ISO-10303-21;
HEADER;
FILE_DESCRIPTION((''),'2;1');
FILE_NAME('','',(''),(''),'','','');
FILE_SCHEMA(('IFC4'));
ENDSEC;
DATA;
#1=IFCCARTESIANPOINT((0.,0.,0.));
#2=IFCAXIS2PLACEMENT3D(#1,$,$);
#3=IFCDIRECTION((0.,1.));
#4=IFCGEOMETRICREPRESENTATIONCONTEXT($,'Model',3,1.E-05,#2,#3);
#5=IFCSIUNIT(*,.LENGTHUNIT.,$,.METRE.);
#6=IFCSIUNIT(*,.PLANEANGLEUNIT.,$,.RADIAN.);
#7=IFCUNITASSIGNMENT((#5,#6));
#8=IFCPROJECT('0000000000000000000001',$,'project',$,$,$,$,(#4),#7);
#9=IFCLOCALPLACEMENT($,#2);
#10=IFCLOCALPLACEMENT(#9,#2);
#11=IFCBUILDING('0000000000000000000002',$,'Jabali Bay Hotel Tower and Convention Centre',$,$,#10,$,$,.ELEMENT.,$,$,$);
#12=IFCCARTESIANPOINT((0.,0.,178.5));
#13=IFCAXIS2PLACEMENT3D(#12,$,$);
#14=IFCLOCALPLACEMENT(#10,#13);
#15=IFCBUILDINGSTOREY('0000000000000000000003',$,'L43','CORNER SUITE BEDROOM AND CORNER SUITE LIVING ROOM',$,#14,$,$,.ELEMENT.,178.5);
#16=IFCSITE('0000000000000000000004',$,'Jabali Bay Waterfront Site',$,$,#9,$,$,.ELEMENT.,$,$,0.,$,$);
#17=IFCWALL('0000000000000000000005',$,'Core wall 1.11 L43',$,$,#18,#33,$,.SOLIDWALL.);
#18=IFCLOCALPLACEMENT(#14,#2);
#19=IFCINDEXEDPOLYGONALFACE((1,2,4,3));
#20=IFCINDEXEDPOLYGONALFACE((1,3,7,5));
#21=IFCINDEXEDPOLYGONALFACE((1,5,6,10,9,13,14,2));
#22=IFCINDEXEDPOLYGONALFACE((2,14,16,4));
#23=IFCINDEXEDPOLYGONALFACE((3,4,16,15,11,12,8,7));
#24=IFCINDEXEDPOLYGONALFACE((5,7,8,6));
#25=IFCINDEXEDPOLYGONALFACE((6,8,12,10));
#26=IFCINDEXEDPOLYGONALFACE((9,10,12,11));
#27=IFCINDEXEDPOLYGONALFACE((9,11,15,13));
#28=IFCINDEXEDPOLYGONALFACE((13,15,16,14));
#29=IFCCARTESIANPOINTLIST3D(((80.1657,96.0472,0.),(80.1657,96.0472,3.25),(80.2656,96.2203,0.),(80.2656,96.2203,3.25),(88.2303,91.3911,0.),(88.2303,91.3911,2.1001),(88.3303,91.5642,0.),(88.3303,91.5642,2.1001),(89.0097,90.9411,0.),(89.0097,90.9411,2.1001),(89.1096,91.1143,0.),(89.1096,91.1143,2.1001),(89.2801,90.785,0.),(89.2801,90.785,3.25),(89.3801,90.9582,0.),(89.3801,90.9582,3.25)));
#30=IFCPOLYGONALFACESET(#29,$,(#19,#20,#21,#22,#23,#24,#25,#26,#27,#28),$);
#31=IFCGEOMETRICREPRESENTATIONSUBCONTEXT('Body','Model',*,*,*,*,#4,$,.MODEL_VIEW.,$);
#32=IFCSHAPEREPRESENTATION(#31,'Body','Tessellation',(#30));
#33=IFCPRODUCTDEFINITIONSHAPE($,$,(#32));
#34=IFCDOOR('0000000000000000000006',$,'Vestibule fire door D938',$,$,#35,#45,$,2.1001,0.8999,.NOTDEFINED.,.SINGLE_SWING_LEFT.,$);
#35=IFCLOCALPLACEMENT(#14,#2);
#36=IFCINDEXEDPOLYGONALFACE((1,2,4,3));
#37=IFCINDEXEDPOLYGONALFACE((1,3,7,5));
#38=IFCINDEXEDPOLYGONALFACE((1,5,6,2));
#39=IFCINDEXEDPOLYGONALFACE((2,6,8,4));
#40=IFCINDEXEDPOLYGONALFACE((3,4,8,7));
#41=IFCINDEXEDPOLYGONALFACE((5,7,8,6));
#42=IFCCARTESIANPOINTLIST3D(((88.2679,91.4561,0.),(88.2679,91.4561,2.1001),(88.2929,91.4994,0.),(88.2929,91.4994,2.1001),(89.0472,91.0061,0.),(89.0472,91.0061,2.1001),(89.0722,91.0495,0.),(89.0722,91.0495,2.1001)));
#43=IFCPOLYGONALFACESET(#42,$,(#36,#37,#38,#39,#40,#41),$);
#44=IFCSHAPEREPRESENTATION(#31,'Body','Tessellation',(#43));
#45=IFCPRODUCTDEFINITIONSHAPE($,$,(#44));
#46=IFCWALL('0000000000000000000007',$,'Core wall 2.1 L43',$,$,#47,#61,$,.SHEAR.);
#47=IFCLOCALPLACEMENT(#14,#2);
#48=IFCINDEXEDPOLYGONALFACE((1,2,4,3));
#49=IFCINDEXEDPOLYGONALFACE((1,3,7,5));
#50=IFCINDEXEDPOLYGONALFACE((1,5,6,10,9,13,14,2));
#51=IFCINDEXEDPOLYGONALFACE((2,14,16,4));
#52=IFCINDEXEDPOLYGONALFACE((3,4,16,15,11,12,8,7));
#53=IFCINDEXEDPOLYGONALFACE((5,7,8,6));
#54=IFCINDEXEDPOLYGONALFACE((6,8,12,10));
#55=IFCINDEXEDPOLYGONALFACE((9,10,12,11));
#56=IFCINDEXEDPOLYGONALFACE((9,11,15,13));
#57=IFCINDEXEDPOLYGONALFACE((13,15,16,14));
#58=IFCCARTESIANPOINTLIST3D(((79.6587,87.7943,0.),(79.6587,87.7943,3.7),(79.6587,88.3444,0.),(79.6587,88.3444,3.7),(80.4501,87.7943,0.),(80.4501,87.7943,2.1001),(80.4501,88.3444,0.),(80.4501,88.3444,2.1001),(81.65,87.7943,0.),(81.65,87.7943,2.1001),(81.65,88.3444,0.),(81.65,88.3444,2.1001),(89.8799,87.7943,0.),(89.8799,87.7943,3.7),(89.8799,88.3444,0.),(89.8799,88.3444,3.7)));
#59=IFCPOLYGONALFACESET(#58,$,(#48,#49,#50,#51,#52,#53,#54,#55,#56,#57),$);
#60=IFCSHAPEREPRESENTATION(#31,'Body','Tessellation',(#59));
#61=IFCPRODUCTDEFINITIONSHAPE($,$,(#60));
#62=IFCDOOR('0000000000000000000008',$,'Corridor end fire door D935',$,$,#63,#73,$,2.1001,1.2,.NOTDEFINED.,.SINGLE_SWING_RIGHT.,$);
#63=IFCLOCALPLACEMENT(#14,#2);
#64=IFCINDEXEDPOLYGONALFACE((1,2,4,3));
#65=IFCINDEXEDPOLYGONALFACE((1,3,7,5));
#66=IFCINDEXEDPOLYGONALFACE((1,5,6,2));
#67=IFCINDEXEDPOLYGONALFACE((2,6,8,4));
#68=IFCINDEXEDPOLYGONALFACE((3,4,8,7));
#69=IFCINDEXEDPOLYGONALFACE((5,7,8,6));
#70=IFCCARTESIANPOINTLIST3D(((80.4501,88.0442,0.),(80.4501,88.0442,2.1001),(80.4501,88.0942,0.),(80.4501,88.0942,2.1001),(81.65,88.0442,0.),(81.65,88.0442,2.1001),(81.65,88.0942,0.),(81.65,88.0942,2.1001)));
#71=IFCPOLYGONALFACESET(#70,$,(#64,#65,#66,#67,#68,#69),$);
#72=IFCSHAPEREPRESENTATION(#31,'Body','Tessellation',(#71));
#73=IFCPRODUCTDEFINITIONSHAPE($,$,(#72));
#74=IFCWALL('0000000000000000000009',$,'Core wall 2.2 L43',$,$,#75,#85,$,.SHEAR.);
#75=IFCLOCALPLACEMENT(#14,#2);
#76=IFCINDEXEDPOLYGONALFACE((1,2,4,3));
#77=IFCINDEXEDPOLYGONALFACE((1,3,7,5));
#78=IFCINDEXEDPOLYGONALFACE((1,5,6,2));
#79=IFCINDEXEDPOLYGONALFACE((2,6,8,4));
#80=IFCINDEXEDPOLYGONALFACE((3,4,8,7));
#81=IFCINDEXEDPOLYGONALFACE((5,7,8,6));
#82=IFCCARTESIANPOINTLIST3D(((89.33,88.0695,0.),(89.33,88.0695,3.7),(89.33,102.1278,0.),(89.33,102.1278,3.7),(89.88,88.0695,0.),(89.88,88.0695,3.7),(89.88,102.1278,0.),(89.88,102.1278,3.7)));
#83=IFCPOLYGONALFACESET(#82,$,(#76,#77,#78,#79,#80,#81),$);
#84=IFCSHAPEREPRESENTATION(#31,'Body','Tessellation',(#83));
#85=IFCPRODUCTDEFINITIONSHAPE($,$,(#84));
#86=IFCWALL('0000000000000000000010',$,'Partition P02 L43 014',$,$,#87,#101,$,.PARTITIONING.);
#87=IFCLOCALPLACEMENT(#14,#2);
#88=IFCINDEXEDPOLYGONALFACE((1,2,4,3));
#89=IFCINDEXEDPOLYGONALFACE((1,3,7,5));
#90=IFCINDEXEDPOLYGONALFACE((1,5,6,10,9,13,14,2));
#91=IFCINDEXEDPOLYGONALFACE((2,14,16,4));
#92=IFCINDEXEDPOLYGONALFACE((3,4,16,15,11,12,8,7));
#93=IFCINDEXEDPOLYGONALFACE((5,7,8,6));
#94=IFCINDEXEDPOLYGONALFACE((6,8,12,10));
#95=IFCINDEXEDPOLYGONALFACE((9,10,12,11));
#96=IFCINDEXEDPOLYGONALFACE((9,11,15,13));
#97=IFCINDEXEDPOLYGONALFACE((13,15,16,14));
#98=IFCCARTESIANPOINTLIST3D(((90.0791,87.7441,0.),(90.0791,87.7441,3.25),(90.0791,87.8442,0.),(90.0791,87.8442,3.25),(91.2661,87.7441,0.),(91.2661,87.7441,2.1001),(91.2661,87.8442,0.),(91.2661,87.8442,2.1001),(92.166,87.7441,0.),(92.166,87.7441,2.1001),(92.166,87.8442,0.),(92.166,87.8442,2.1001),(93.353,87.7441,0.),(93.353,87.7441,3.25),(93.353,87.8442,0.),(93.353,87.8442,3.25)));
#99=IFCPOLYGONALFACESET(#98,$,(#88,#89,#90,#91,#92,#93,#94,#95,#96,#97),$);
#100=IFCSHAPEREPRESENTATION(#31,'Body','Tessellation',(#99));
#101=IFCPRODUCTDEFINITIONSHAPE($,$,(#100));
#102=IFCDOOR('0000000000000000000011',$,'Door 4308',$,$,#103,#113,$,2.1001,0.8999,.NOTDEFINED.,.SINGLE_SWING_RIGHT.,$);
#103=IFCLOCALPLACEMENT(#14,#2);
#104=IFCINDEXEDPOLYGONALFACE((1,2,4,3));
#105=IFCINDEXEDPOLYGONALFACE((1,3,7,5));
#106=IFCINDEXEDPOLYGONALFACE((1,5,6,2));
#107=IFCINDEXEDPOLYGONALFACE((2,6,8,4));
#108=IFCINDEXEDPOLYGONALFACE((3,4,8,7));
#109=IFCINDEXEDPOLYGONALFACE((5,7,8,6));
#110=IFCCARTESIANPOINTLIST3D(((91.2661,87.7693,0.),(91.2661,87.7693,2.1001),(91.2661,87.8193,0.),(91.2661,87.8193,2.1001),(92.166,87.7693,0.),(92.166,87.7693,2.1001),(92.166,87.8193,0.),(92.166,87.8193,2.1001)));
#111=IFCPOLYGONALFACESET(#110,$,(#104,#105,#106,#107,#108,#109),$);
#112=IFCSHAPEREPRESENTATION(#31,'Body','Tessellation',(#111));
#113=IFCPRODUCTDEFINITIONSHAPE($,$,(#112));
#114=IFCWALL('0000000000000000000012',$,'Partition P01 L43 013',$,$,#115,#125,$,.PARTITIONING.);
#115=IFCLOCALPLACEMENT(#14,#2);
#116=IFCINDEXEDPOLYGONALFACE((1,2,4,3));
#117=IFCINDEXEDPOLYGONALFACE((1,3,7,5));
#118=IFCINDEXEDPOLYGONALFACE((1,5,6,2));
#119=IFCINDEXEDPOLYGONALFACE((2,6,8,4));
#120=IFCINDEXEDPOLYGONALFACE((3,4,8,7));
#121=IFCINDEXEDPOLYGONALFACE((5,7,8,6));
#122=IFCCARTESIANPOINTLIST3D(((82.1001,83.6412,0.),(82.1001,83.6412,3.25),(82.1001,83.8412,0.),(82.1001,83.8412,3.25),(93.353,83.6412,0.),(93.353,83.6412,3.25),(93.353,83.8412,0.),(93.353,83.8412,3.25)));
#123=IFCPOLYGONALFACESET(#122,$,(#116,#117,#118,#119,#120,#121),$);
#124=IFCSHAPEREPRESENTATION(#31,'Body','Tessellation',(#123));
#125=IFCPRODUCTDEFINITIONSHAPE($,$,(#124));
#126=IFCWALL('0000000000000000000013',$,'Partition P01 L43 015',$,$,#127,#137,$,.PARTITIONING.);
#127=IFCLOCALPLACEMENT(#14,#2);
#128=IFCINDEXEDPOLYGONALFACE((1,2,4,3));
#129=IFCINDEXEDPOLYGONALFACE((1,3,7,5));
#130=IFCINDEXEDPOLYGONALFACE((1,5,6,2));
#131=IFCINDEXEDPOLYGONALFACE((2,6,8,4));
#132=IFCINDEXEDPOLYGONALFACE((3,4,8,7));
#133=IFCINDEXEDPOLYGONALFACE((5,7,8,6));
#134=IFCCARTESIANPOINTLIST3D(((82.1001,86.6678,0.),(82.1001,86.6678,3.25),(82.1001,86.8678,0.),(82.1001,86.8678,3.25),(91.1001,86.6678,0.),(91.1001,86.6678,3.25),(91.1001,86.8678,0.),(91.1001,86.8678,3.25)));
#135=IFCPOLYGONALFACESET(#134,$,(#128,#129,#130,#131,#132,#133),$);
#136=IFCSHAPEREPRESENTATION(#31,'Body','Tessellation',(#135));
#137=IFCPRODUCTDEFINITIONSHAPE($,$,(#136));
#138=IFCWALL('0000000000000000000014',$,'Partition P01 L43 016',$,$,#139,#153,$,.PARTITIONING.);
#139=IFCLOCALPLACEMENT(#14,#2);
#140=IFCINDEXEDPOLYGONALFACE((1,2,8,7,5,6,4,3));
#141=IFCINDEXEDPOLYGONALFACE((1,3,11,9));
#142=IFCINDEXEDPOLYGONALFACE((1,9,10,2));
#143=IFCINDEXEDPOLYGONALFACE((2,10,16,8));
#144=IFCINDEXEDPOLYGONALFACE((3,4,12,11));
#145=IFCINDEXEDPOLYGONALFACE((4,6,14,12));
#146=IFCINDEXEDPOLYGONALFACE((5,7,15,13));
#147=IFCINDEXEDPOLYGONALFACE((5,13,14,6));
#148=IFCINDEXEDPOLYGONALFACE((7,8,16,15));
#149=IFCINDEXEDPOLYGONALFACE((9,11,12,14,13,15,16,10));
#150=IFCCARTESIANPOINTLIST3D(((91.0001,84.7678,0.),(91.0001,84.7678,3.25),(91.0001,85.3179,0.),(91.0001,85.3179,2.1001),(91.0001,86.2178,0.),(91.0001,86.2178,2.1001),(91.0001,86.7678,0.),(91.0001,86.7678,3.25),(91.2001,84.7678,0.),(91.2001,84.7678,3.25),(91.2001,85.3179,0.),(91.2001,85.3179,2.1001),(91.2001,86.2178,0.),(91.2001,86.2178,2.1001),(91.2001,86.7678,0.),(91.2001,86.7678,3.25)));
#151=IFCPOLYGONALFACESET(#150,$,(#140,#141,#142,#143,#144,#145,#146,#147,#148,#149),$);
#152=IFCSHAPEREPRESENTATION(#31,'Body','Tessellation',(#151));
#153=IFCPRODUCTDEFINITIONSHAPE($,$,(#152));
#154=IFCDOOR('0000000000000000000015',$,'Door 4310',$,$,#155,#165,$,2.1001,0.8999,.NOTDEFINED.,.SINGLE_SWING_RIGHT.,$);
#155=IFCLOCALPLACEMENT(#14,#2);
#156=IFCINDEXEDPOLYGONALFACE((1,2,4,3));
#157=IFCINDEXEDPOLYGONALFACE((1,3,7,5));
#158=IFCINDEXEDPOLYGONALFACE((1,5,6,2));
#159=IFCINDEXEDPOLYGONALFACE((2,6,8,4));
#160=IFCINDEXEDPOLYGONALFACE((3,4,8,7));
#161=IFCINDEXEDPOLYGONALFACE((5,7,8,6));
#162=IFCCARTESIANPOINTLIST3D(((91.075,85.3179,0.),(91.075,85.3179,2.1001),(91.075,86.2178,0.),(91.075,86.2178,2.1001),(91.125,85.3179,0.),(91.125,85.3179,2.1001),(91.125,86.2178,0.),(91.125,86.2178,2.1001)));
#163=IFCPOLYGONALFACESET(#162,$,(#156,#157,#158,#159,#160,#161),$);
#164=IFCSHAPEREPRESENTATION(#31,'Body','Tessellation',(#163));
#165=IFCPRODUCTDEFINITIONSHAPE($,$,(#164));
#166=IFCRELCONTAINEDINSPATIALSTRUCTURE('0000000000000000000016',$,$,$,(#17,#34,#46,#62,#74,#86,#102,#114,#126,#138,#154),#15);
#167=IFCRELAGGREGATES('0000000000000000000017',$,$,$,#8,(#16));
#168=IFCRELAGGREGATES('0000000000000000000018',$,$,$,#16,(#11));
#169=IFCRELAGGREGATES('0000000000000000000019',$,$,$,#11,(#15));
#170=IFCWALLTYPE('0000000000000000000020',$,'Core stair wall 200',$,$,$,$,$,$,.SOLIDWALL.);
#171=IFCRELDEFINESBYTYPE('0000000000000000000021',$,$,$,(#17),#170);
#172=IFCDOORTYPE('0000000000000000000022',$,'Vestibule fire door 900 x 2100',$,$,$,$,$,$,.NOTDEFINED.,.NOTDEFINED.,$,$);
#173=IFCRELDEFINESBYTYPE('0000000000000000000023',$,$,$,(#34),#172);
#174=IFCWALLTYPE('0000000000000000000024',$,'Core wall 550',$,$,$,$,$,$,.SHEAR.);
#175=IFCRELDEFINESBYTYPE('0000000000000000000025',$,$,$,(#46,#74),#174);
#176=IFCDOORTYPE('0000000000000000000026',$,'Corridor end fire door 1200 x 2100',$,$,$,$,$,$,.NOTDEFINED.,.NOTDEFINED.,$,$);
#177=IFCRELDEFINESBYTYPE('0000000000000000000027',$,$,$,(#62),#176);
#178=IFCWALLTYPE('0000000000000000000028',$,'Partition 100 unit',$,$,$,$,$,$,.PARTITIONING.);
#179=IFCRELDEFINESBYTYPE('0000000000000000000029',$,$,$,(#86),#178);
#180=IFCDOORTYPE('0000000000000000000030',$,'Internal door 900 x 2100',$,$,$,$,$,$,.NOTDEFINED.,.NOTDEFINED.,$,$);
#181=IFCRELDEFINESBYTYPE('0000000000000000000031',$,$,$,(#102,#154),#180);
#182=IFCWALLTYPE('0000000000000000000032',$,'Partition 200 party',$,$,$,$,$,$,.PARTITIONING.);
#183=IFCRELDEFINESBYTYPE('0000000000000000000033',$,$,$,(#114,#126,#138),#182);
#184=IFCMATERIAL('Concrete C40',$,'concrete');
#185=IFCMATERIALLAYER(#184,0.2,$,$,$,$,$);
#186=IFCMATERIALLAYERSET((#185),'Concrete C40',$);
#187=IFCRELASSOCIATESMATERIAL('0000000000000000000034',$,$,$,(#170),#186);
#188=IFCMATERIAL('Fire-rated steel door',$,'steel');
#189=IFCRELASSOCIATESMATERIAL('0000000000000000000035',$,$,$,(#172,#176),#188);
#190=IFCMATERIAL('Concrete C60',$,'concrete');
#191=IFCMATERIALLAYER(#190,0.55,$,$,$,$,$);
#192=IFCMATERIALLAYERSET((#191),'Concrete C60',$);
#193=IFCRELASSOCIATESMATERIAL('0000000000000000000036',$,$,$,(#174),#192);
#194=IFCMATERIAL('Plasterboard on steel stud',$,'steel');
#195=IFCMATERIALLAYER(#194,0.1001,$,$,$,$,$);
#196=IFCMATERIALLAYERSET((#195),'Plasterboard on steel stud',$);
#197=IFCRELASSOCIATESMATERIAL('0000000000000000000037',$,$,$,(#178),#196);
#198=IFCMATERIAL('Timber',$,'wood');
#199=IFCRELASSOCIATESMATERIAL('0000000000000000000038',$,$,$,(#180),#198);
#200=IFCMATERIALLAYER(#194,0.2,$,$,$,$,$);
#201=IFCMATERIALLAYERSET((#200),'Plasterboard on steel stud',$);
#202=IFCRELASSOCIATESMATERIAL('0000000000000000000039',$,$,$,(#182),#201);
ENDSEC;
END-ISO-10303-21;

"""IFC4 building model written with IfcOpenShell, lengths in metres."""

from ifc_helpers import new_model, si_unit, direction, frame, frame_2d, origin, place, context, subcontext, project, spatial, rectangle, extrude, material, layer, layer_set, type_object, element, fill, save


model = new_model("IFC4")

# Units and contexts
model_context = context("Model", 3, precision=1e-05, world=origin(), true_north=direction((0.0, 1.0)))
body_context = subcontext(model_context, "Body", "Model", "MODEL_VIEW")
ifc_project = project(units=[si_unit("LENGTHUNIT", "METRE"), si_unit("PLANEANGLEUNIT", "RADIAN")], contexts=[model_context])

# Site, building, storey
site_placement = place(None, origin())
site = spatial("IfcSite", under=ifc_project, at=site_placement, Name="Jabali Bay Waterfront Site", CompositionType="ELEMENT", RefElevation=0.0)
building_placement = place(site_placement, origin())
building = spatial("IfcBuilding", under=site, at=building_placement, Name="Jabali Bay Hotel Tower and Convention Centre", CompositionType="ELEMENT")
storey_placement = place(building_placement, frame((0.0, 0.0, 178.5)))
storey = spatial("IfcBuildingStorey", under=building, at=storey_placement, Name="L43", Description="CORNER SUITE BEDROOM AND CORNER SUITE LIVING ROOM", CompositionType="ELEMENT", Elevation=178.5)

# Shared definitions
ifc_material_1 = material(Name="Concrete C60", Category="concrete")

# Shared definitions
ifc_material_2 = material(Name="Concrete C40", Category="concrete")
ifc_layer_1 = layer(ifc_material_2, 0.2)
ifc_layer_set_1 = layer_set([ifc_layer_1], Name="Concrete C40")
wall_type_1 = type_object("IfcWallType", Name="Core stair wall 200", PredefinedType="SOLIDWALL", material=ifc_layer_set_1)

# Walls, openings, doors
wall_1_placement = place(storey_placement, frame((89.3301, 90.8716, 0.0), z_axis=(0.0, 0.0, 1.0), x_axis=(-0.866028, 0.499996, 0.0)))
wall_1 = element("IfcWall", 1, at=wall_1_placement, inside=storey, type_object=wall_type_1, Name="Core wall 1.11 L43", PredefinedType="SOLIDWALL", context=body_context, shape_type="SweptSolid", body=[
    extrude(rectangle(XDim=10.5244, YDim=0.2, at=frame_2d((5.2622, 0.0))), origin(), (0.0, 0.0, 1.0), 3.25),
])
opening_1_placement = place(wall_1_placement, frame((0.3123, 0.0, 0.0)))
opening_1 = element("IfcOpeningElement", 2, at=opening_1_placement, cuts=wall_1, PredefinedType="OPENING", context=body_context, shape_type="SweptSolid", body=[
    extrude(rectangle(XDim=0.8999, YDim=2.1001, at=frame_2d((0.45, 1.05))), frame((0.0, 0.1104, 0.0), z_axis=(0.0, -1.0, 0.0), x_axis=(1.0, 0.0, 0.0)), (0.0, 0.0, 1.0), 0.2209),
])
ifc_material_3 = material(Name="Fire-rated steel door", Category="steel")
door_type_1 = type_object("IfcDoorType", Name="Vestibule fire door 900 x 2100", OperationType="NOTDEFINED", PredefinedType="NOTDEFINED", material=ifc_material_3)
door_1_placement = place(opening_1_placement, origin())
door_1 = element("IfcDoor", 3, at=door_1_placement, inside=storey, type_object=door_type_1, Name="Vestibule fire door D938", OperationType="SINGLE_SWING_LEFT", OverallHeight=2.1001, OverallWidth=0.8999, PredefinedType="NOTDEFINED", context=body_context, shape_type="SweptSolid", body=[
    extrude(rectangle(XDim=0.8999, YDim=2.1001, at=frame_2d((0.45, 1.05))), frame((0.0, 0.0249, 0.0), z_axis=(0.0, -1.0, 0.0), x_axis=(1.0, 0.0, 0.0)), (0.0, 0.0, 1.0), 0.05),
])
fill(opening_1, door_1)
ifc_layer_2 = layer(ifc_material_1, 0.55)
ifc_layer_set_2 = layer_set([ifc_layer_2], Name="Concrete C60")
wall_type_2 = type_object("IfcWallType", Name="Core wall 550", PredefinedType="SHEAR", material=ifc_layer_set_2)
wall_2_placement = place(storey_placement, frame((79.6587, 88.0693, 0.0), z_axis=(0.0, 0.0, 1.0), x_axis=(1.0, 0.0, 0.0)))
wall_2 = element("IfcWall", 4, at=wall_2_placement, inside=storey, type_object=wall_type_2, Name="Core wall 2.1 L43", PredefinedType="SHEAR", context=body_context, shape_type="SweptSolid", body=[
    extrude(rectangle(XDim=10.2212, YDim=0.55, at=frame_2d((5.1106, 0.0))), origin(), (0.0, 0.0, 1.0), 3.7),
])
opening_2_placement = place(wall_2_placement, frame((0.7913, 0.0, 0.0)))
opening_2 = element("IfcOpeningElement", 5, at=opening_2_placement, cuts=wall_2, PredefinedType="OPENING", context=body_context, shape_type="SweptSolid", body=[
    extrude(rectangle(XDim=1.2, YDim=2.1001, at=frame_2d((0.6001, 1.05))), frame((0.0, 0.2856, 0.0), z_axis=(0.0, -1.0, 0.0), x_axis=(1.0, 0.0, 0.0)), (0.0, 0.0, 1.0), 0.571),
])
door_type_2 = type_object("IfcDoorType", Name="Corridor end fire door 1200 x 2100", OperationType="NOTDEFINED", PredefinedType="NOTDEFINED", material=ifc_material_3)
door_2_placement = place(opening_2_placement, origin())
door_2 = element("IfcDoor", 6, at=door_2_placement, inside=storey, type_object=door_type_2, Name="Corridor end fire door D935", OperationType="SINGLE_SWING_RIGHT", OverallHeight=2.1001, OverallWidth=1.2, PredefinedType="NOTDEFINED", context=body_context, shape_type="SweptSolid", body=[
    extrude(rectangle(XDim=1.2, YDim=2.1001, at=frame_2d((0.6001, 1.05))), frame((0.0, 0.0249, 0.0), z_axis=(0.0, -1.0, 0.0), x_axis=(1.0, 0.0, 0.0)), (0.0, 0.0, 1.0), 0.05),
])
fill(opening_2, door_2)

# Wall
wall_3_placement = place(storey_placement, frame((89.605, 88.0693, 0.0), z_axis=(0.0, 0.0, 1.0), x_axis=(0.0, 1.0, 0.0)))
element("IfcWall", 7, at=wall_3_placement, inside=storey, type_object=wall_type_2, Name="Core wall 2.2 L43", PredefinedType="SHEAR", context=body_context, shape_type="SweptSolid", body=[
    extrude(rectangle(XDim=14.0583, YDim=0.55, at=frame_2d((7.0293, 0.0))), origin(), (0.0, 0.0, 1.0), 3.7),
])

# Wall, opening, door
ifc_material_4 = material(Name="Plasterboard on steel stud", Category="steel")
ifc_layer_3 = layer(ifc_material_4, 0.1001)
ifc_layer_set_3 = layer_set([ifc_layer_3], Name="Plasterboard on steel stud")
wall_type_3 = type_object("IfcWallType", Name="Partition 100 unit", PredefinedType="PARTITIONING", material=ifc_layer_set_3)
wall_4_placement = place(storey_placement, frame((93.353, 87.7942, 0.0), z_axis=(0.0, 0.0, 1.0), x_axis=(-1.0, 0.0, 0.0)))
wall_4 = element("IfcWall", 8, at=wall_4_placement, inside=storey, type_object=wall_type_3, Name="Partition P02 L43 014", PredefinedType="PARTITIONING", context=body_context, shape_type="SweptSolid", body=[
    extrude(rectangle(XDim=3.2739, YDim=0.1001, at=frame_2d((1.637, 0.0))), origin(), (0.0, 0.0, 1.0), 3.25),
])
opening_3_placement = place(wall_4_placement, frame((1.187, 0.0, 0.0)))
opening_3 = element("IfcOpeningElement", 9, at=opening_3_placement, cuts=wall_4, PredefinedType="OPENING", context=body_context, shape_type="SweptSolid", body=[
    extrude(rectangle(XDim=0.8999, YDim=2.1001, at=frame_2d((0.45, 1.05))), frame((0.0, 0.0605, 0.0), z_axis=(0.0, -1.0, 0.0), x_axis=(1.0, 0.0, 0.0)), (0.0, 0.0, 1.0), 0.1211),
])
ifc_material_5 = material(Name="Timber", Category="wood")
door_type_3 = type_object("IfcDoorType", Name="Internal door 900 x 2100", OperationType="NOTDEFINED", PredefinedType="NOTDEFINED", material=ifc_material_5)
door_3_placement = place(opening_3_placement, origin())
door_3 = element("IfcDoor", 10, at=door_3_placement, inside=storey, type_object=door_type_3, Name="Door 4308", OperationType="SINGLE_SWING_RIGHT", OverallHeight=2.1001, OverallWidth=0.8999, PredefinedType="NOTDEFINED", context=body_context, shape_type="SweptSolid", body=[
    extrude(rectangle(XDim=0.8999, YDim=2.1001, at=frame_2d((0.45, 1.05))), frame((0.0, 0.0249, 0.0), z_axis=(0.0, -1.0, 0.0), x_axis=(1.0, 0.0, 0.0)), (0.0, 0.0, 1.0), 0.05),
])
fill(opening_3, door_3)

# Walls
ifc_layer_4 = layer(ifc_material_4, 0.2)
ifc_layer_set_4 = layer_set([ifc_layer_4], Name="Plasterboard on steel stud")
wall_type_4 = type_object("IfcWallType", Name="Partition 200 party", PredefinedType="PARTITIONING", material=ifc_layer_set_4)
wall_5_placement = place(storey_placement, frame((93.353, 83.7412, 0.0), z_axis=(0.0, 0.0, 1.0), x_axis=(-1.0, 0.0, 0.0)))
element("IfcWall", 11, at=wall_5_placement, inside=storey, type_object=wall_type_4, Name="Partition P01 L43 013", PredefinedType="PARTITIONING", context=body_context, shape_type="SweptSolid", body=[
    extrude(rectangle(XDim=11.2529, YDim=0.2, at=frame_2d((5.6265, 0.0))), origin(), (0.0, 0.0, 1.0), 3.25),
])
wall_6_placement = place(storey_placement, frame((82.1001, 86.7678, 0.0), z_axis=(0.0, 0.0, 1.0), x_axis=(1.0, 0.0, 0.0)))
element("IfcWall", 12, at=wall_6_placement, inside=storey, type_object=wall_type_4, Name="Partition P01 L43 015", PredefinedType="PARTITIONING", context=body_context, shape_type="SweptSolid", body=[
    extrude(rectangle(XDim=9.0, YDim=0.2, at=frame_2d((4.5, 0.0))), origin(), (0.0, 0.0, 1.0), 3.25),
])

# Wall, opening, door
wall_7_placement = place(storey_placement, frame((91.1001, 86.7678, 0.0), z_axis=(0.0, 0.0, 1.0), x_axis=(0.0, -1.0, 0.0)))
wall_7 = element("IfcWall", 13, at=wall_7_placement, inside=storey, type_object=wall_type_4, Name="Partition P01 L43 016", PredefinedType="PARTITIONING", context=body_context, shape_type="SweptSolid", body=[
    extrude(rectangle(XDim=2.0, YDim=0.2, at=frame_2d((1.0, 0.0))), origin(), (0.0, 0.0, 1.0), 3.25),
])
opening_4_placement = place(wall_7_placement, frame((0.55, 0.0, 0.0)))
opening_4 = element("IfcOpeningElement", 14, at=opening_4_placement, cuts=wall_7, PredefinedType="OPENING", context=body_context, shape_type="SweptSolid", body=[
    extrude(rectangle(XDim=0.8999, YDim=2.1001, at=frame_2d((0.45, 1.05))), frame((0.0, 0.1104, 0.0), z_axis=(0.0, -1.0, 0.0), x_axis=(1.0, 0.0, 0.0)), (0.0, 0.0, 1.0), 0.2209),
])
door_4_placement = place(opening_4_placement, origin())
door_4 = element("IfcDoor", 15, at=door_4_placement, inside=storey, type_object=door_type_3, Name="Door 4310", OperationType="SINGLE_SWING_RIGHT", OverallHeight=2.1001, OverallWidth=0.8999, PredefinedType="NOTDEFINED", context=body_context, shape_type="SweptSolid", body=[
    extrude(rectangle(XDim=0.8999, YDim=2.1001, at=frame_2d((0.45, 1.05))), frame((0.0, 0.0249, 0.0), z_axis=(0.0, -1.0, 0.0), x_axis=(1.0, 0.0, 0.0)), (0.0, 0.0, 1.0), 0.05),
])
fill(opening_4, door_4)

save(model, "model.ifc")
